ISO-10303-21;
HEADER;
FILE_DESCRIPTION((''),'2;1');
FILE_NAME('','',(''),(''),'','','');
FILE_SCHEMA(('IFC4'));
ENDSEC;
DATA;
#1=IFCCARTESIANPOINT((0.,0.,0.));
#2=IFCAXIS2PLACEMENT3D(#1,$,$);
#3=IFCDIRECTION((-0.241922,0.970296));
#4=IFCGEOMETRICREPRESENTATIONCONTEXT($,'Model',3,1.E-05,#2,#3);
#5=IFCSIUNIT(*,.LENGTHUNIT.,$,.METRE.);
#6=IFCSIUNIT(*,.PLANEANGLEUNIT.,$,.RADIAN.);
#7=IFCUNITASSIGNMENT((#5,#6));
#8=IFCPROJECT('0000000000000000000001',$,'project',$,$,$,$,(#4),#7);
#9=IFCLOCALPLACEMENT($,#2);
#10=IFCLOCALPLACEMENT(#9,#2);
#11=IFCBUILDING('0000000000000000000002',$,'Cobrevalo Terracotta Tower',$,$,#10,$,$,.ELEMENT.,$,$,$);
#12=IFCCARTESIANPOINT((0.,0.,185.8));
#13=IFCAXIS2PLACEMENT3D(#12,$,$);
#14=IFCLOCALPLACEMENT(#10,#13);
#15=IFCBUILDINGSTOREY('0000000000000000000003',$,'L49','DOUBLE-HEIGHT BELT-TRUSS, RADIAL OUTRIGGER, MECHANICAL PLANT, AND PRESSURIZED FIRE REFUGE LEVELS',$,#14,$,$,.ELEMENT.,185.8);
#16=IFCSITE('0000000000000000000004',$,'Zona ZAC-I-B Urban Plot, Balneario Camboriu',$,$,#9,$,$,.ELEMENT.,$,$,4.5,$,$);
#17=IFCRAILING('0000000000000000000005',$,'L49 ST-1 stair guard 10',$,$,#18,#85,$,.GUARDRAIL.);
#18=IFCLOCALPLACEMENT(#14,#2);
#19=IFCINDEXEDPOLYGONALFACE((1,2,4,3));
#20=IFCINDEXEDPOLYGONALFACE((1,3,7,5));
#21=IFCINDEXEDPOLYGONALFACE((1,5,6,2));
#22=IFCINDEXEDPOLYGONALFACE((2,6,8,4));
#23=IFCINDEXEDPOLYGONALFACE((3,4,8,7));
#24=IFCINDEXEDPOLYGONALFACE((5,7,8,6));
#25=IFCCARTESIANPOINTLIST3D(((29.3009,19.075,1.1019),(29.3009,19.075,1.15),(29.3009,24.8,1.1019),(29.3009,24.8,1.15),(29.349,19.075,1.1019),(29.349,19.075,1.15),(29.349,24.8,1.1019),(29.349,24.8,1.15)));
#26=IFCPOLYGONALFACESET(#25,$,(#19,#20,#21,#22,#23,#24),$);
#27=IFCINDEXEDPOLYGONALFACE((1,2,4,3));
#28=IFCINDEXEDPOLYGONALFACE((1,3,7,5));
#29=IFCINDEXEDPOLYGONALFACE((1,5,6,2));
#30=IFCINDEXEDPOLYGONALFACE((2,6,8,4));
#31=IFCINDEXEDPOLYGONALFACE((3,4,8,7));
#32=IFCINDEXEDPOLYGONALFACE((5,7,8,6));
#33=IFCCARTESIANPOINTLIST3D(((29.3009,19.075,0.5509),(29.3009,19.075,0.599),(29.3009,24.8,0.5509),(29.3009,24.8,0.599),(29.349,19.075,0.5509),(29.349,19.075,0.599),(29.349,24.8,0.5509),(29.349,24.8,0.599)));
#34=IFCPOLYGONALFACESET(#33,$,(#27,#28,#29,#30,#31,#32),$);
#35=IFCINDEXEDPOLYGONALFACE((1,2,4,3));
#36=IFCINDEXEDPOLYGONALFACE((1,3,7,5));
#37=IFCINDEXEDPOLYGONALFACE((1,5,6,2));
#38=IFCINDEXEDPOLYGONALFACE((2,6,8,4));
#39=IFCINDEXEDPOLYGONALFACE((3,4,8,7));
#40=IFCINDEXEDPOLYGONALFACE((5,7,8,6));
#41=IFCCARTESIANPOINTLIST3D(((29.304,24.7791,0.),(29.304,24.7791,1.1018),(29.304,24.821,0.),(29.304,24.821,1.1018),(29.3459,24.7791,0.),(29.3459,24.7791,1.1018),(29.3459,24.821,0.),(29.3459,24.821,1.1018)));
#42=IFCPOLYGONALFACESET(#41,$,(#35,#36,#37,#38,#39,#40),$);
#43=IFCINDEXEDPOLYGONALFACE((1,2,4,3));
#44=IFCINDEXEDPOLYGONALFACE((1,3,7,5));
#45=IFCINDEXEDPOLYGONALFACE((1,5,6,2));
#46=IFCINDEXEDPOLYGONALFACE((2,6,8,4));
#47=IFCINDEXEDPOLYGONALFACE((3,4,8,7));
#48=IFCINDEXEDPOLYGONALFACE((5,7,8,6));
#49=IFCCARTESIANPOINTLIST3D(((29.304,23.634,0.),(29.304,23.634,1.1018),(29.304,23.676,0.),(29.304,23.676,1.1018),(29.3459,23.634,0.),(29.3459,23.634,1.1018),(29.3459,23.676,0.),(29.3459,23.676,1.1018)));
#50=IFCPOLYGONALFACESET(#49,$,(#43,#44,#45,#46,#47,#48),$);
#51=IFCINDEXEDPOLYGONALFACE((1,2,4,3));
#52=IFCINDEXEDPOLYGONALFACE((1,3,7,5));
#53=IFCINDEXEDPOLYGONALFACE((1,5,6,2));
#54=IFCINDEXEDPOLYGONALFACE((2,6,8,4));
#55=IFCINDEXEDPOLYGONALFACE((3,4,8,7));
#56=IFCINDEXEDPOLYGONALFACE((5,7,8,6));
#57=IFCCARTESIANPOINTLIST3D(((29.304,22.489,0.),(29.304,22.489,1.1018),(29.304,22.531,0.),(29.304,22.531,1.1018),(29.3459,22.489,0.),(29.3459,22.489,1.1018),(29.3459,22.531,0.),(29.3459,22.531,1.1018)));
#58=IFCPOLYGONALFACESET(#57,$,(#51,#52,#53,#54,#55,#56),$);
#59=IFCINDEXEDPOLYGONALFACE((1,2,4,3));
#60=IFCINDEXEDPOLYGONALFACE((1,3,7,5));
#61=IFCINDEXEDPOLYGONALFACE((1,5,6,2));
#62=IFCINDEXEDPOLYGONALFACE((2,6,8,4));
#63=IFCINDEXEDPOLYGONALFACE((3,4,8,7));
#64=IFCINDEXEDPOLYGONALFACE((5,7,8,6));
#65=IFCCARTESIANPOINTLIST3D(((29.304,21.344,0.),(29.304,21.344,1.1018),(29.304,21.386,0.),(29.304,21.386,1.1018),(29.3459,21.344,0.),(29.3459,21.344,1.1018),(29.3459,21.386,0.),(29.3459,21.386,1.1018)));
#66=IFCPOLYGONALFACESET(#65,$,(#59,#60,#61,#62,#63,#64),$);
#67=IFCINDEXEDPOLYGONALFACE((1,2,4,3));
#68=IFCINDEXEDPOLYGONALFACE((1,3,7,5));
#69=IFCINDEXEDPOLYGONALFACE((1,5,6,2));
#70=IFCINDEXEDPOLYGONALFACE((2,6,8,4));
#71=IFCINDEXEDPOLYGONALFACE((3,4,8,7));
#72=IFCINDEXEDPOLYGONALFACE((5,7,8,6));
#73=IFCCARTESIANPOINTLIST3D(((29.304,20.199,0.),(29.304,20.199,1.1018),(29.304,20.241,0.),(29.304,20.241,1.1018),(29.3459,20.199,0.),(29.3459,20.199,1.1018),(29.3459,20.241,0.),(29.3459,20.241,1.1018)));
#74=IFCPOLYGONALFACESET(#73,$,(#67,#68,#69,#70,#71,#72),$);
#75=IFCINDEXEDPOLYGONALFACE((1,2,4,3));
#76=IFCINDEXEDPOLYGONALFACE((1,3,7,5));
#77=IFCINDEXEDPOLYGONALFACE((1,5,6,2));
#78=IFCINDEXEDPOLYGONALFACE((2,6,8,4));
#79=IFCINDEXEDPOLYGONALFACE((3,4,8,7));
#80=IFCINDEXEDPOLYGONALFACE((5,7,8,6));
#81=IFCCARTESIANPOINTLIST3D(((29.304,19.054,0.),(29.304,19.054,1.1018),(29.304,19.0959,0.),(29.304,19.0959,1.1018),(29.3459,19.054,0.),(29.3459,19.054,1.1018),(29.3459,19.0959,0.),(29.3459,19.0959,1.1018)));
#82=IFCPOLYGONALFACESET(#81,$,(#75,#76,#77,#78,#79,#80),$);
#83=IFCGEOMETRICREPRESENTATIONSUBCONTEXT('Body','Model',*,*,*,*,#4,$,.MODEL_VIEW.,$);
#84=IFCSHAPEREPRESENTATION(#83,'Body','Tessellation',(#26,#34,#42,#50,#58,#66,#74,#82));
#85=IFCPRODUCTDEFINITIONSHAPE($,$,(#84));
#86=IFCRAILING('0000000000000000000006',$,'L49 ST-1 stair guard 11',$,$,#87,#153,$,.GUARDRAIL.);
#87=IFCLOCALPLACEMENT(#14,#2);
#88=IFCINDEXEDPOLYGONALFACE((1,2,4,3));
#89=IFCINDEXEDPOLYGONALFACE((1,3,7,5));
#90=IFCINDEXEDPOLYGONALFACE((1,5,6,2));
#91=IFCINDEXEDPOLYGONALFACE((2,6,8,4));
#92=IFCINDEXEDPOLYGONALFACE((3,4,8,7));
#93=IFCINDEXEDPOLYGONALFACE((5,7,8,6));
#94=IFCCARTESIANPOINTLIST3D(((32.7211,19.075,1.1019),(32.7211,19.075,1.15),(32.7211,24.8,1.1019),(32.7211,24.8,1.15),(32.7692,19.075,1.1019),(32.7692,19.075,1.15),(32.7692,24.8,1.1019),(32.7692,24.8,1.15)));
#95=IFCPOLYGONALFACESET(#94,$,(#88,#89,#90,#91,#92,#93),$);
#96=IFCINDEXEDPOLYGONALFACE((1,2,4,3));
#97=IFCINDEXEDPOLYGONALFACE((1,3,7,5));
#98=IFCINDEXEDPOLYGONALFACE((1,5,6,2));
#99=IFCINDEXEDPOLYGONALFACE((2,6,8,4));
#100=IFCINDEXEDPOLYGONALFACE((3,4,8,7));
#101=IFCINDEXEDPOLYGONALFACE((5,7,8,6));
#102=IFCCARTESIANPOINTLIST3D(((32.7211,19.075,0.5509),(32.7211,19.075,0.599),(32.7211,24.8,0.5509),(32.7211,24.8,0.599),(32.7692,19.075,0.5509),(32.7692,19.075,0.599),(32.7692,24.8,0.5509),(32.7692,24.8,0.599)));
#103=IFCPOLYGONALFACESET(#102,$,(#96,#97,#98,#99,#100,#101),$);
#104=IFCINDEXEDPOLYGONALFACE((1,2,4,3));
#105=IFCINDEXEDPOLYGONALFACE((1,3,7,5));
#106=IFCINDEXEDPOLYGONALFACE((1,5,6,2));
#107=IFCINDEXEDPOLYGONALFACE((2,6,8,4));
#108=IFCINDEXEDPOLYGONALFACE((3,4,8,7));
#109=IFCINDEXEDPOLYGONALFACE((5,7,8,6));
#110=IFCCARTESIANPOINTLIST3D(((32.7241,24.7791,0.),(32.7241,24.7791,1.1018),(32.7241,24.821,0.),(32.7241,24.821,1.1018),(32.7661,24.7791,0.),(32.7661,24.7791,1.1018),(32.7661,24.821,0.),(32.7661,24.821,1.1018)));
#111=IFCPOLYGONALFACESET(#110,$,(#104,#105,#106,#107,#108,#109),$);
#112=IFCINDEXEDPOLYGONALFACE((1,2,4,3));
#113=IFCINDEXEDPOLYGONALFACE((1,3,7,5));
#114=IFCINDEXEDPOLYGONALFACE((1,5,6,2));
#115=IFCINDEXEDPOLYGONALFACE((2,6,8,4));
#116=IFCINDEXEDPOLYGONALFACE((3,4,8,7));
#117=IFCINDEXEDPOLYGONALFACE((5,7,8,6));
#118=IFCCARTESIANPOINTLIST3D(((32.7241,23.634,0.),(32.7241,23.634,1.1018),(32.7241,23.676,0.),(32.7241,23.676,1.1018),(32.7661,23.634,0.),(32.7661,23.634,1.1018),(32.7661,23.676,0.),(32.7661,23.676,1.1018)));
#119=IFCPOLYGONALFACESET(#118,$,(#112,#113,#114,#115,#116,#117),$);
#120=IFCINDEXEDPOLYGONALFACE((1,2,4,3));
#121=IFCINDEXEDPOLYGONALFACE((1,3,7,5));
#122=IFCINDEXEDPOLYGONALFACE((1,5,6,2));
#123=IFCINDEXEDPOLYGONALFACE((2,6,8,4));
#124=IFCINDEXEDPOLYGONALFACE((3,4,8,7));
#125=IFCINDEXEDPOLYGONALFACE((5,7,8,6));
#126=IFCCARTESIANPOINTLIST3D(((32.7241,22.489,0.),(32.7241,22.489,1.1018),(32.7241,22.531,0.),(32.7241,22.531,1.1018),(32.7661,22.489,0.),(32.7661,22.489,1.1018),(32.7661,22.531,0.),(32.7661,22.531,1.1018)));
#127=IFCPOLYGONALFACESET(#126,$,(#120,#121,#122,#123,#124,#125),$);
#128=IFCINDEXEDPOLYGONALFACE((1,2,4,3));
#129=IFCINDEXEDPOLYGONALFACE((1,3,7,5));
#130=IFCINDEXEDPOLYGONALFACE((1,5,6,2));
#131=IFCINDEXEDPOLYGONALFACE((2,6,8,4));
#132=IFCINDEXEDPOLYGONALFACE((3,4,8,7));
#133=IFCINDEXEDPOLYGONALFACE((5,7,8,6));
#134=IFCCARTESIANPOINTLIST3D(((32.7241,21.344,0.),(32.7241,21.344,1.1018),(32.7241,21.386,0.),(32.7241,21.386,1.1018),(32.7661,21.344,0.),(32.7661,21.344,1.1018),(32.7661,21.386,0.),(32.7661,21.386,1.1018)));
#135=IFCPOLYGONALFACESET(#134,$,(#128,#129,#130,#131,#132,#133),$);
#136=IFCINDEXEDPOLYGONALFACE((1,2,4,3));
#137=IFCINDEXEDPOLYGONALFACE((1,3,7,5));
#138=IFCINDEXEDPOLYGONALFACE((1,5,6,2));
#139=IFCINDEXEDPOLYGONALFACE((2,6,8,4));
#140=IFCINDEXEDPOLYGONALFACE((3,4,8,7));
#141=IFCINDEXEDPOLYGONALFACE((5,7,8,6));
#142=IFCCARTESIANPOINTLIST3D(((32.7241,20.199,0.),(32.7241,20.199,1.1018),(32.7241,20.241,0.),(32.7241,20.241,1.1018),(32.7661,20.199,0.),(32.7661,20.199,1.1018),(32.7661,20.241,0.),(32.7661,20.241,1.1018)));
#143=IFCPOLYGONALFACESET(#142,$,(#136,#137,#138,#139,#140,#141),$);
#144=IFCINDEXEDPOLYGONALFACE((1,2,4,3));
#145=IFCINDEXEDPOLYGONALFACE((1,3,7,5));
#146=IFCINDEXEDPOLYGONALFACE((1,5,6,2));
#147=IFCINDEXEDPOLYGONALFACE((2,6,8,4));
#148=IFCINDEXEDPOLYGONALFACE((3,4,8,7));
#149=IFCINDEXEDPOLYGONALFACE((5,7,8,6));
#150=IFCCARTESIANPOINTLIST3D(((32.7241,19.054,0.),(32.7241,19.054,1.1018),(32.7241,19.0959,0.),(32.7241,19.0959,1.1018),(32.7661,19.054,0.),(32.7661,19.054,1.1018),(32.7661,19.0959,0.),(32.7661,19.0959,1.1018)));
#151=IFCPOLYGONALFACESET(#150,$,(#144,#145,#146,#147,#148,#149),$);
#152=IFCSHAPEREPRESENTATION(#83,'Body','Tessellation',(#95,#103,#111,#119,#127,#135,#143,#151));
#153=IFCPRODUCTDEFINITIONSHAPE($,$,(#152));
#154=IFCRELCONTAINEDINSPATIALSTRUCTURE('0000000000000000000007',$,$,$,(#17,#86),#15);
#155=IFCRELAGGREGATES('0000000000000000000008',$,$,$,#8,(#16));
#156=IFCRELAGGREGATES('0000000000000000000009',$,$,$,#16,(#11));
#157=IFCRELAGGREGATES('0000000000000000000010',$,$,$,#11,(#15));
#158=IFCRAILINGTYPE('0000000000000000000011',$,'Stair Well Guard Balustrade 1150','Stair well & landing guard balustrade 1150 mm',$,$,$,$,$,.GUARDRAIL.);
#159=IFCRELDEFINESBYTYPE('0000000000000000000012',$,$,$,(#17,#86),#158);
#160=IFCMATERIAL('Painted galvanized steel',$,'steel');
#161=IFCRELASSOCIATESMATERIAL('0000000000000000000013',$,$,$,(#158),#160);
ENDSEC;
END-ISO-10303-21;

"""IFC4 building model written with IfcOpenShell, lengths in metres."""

from ifc_helpers import new_model, si_unit, direction, frame, origin, origin_2d, place, context, subcontext, project, spatial, rectangle, extrude, material, type_object, element, save


model = new_model("IFC4")

# Units and contexts
model_context = context("Model", 3, precision=1e-05, world=origin(), true_north=direction((-0.241922, 0.970296)))
body_context = subcontext(model_context, "Body", "Model", "MODEL_VIEW")
ifc_project = project(units=[si_unit("LENGTHUNIT", "METRE"), si_unit("PLANEANGLEUNIT", "RADIAN")], contexts=[model_context])

# Site, building, storey
site_placement = place(None, origin())
site = spatial("IfcSite", under=ifc_project, at=site_placement, Name="Zona ZAC-I-B Urban Plot, Balneario Camboriu", CompositionType="ELEMENT", RefElevation=4.5)
building_placement = place(site_placement, origin())
building = spatial("IfcBuilding", under=site, at=building_placement, Name="Cobrevalo Terracotta Tower", CompositionType="ELEMENT")
storey_placement = place(building_placement, frame((0.0, 0.0, 185.8)))
storey = spatial("IfcBuildingStorey", under=building, at=storey_placement, Name="L49", Description="DOUBLE-HEIGHT BELT-TRUSS, RADIAL OUTRIGGER, MECHANICAL PLANT, AND PRESSURIZED FIRE REFUGE LEVELS", CompositionType="ELEMENT", Elevation=185.8)

# Railings
ifc_material_1 = material(Name="Painted galvanized steel", Category="steel")
railing_type = type_object("IfcRailingType", Name="Stair Well Guard Balustrade 1150", Description="Stair well & landing guard balustrade 1150 mm", PredefinedType="GUARDRAIL", material=ifc_material_1)
for number, where, name in (
    (1, (29.325, 24.8, 0.0), "L49 ST-1 stair guard 10"),
    (2, (32.7451, 24.8, 0.0), "L49 ST-1 stair guard 11"),
):
    element("IfcRailing", number, at=place(storey_placement, frame(where)), inside=storey, type_object=railing_type, Name=name, PredefinedType="GUARDRAIL", context=body_context, shape_type="SweptSolid", body=[
        extrude(rectangle(XDim=0.0481, YDim=0.0481, at=origin_2d()), frame((0.0, 0.0, 1.126), z_axis=(0.0, -1.0, 0.0), x_axis=(1.0, 0.0, 0.0)), (0.0, 0.0, 1.0), 5.7251),
        extrude(rectangle(XDim=0.0481, YDim=0.0481, at=origin_2d()), frame((0.0, 0.0, 0.575), z_axis=(0.0, -1.0, 0.0), x_axis=(1.0, 0.0, 0.0)), (0.0, 0.0, 1.0), 5.7251),
        extrude(rectangle(XDim=0.042, YDim=0.042, at=origin_2d()), origin(), (0.0, 0.0, 1.0), 1.1018),
        extrude(rectangle(XDim=0.042, YDim=0.042, at=origin_2d()), frame((0.0, -1.145, 0.0)), (0.0, 0.0, 1.0), 1.1018),
        extrude(rectangle(XDim=0.042, YDim=0.042, at=origin_2d()), frame((0.0, -2.29, 0.0)), (0.0, 0.0, 1.0), 1.1018),
        extrude(rectangle(XDim=0.042, YDim=0.042, at=origin_2d()), frame((0.0, -3.4351, 0.0)), (0.0, 0.0, 1.0), 1.1018),
        extrude(rectangle(XDim=0.042, YDim=0.042, at=origin_2d()), frame((0.0, -4.5801, 0.0)), (0.0, 0.0, 1.0), 1.1018),
        extrude(rectangle(XDim=0.042, YDim=0.042, at=origin_2d()), frame((0.0, -5.7251, 0.0)), (0.0, 0.0, 1.0), 1.1018),
    ])

save(model, "model.ifc")
